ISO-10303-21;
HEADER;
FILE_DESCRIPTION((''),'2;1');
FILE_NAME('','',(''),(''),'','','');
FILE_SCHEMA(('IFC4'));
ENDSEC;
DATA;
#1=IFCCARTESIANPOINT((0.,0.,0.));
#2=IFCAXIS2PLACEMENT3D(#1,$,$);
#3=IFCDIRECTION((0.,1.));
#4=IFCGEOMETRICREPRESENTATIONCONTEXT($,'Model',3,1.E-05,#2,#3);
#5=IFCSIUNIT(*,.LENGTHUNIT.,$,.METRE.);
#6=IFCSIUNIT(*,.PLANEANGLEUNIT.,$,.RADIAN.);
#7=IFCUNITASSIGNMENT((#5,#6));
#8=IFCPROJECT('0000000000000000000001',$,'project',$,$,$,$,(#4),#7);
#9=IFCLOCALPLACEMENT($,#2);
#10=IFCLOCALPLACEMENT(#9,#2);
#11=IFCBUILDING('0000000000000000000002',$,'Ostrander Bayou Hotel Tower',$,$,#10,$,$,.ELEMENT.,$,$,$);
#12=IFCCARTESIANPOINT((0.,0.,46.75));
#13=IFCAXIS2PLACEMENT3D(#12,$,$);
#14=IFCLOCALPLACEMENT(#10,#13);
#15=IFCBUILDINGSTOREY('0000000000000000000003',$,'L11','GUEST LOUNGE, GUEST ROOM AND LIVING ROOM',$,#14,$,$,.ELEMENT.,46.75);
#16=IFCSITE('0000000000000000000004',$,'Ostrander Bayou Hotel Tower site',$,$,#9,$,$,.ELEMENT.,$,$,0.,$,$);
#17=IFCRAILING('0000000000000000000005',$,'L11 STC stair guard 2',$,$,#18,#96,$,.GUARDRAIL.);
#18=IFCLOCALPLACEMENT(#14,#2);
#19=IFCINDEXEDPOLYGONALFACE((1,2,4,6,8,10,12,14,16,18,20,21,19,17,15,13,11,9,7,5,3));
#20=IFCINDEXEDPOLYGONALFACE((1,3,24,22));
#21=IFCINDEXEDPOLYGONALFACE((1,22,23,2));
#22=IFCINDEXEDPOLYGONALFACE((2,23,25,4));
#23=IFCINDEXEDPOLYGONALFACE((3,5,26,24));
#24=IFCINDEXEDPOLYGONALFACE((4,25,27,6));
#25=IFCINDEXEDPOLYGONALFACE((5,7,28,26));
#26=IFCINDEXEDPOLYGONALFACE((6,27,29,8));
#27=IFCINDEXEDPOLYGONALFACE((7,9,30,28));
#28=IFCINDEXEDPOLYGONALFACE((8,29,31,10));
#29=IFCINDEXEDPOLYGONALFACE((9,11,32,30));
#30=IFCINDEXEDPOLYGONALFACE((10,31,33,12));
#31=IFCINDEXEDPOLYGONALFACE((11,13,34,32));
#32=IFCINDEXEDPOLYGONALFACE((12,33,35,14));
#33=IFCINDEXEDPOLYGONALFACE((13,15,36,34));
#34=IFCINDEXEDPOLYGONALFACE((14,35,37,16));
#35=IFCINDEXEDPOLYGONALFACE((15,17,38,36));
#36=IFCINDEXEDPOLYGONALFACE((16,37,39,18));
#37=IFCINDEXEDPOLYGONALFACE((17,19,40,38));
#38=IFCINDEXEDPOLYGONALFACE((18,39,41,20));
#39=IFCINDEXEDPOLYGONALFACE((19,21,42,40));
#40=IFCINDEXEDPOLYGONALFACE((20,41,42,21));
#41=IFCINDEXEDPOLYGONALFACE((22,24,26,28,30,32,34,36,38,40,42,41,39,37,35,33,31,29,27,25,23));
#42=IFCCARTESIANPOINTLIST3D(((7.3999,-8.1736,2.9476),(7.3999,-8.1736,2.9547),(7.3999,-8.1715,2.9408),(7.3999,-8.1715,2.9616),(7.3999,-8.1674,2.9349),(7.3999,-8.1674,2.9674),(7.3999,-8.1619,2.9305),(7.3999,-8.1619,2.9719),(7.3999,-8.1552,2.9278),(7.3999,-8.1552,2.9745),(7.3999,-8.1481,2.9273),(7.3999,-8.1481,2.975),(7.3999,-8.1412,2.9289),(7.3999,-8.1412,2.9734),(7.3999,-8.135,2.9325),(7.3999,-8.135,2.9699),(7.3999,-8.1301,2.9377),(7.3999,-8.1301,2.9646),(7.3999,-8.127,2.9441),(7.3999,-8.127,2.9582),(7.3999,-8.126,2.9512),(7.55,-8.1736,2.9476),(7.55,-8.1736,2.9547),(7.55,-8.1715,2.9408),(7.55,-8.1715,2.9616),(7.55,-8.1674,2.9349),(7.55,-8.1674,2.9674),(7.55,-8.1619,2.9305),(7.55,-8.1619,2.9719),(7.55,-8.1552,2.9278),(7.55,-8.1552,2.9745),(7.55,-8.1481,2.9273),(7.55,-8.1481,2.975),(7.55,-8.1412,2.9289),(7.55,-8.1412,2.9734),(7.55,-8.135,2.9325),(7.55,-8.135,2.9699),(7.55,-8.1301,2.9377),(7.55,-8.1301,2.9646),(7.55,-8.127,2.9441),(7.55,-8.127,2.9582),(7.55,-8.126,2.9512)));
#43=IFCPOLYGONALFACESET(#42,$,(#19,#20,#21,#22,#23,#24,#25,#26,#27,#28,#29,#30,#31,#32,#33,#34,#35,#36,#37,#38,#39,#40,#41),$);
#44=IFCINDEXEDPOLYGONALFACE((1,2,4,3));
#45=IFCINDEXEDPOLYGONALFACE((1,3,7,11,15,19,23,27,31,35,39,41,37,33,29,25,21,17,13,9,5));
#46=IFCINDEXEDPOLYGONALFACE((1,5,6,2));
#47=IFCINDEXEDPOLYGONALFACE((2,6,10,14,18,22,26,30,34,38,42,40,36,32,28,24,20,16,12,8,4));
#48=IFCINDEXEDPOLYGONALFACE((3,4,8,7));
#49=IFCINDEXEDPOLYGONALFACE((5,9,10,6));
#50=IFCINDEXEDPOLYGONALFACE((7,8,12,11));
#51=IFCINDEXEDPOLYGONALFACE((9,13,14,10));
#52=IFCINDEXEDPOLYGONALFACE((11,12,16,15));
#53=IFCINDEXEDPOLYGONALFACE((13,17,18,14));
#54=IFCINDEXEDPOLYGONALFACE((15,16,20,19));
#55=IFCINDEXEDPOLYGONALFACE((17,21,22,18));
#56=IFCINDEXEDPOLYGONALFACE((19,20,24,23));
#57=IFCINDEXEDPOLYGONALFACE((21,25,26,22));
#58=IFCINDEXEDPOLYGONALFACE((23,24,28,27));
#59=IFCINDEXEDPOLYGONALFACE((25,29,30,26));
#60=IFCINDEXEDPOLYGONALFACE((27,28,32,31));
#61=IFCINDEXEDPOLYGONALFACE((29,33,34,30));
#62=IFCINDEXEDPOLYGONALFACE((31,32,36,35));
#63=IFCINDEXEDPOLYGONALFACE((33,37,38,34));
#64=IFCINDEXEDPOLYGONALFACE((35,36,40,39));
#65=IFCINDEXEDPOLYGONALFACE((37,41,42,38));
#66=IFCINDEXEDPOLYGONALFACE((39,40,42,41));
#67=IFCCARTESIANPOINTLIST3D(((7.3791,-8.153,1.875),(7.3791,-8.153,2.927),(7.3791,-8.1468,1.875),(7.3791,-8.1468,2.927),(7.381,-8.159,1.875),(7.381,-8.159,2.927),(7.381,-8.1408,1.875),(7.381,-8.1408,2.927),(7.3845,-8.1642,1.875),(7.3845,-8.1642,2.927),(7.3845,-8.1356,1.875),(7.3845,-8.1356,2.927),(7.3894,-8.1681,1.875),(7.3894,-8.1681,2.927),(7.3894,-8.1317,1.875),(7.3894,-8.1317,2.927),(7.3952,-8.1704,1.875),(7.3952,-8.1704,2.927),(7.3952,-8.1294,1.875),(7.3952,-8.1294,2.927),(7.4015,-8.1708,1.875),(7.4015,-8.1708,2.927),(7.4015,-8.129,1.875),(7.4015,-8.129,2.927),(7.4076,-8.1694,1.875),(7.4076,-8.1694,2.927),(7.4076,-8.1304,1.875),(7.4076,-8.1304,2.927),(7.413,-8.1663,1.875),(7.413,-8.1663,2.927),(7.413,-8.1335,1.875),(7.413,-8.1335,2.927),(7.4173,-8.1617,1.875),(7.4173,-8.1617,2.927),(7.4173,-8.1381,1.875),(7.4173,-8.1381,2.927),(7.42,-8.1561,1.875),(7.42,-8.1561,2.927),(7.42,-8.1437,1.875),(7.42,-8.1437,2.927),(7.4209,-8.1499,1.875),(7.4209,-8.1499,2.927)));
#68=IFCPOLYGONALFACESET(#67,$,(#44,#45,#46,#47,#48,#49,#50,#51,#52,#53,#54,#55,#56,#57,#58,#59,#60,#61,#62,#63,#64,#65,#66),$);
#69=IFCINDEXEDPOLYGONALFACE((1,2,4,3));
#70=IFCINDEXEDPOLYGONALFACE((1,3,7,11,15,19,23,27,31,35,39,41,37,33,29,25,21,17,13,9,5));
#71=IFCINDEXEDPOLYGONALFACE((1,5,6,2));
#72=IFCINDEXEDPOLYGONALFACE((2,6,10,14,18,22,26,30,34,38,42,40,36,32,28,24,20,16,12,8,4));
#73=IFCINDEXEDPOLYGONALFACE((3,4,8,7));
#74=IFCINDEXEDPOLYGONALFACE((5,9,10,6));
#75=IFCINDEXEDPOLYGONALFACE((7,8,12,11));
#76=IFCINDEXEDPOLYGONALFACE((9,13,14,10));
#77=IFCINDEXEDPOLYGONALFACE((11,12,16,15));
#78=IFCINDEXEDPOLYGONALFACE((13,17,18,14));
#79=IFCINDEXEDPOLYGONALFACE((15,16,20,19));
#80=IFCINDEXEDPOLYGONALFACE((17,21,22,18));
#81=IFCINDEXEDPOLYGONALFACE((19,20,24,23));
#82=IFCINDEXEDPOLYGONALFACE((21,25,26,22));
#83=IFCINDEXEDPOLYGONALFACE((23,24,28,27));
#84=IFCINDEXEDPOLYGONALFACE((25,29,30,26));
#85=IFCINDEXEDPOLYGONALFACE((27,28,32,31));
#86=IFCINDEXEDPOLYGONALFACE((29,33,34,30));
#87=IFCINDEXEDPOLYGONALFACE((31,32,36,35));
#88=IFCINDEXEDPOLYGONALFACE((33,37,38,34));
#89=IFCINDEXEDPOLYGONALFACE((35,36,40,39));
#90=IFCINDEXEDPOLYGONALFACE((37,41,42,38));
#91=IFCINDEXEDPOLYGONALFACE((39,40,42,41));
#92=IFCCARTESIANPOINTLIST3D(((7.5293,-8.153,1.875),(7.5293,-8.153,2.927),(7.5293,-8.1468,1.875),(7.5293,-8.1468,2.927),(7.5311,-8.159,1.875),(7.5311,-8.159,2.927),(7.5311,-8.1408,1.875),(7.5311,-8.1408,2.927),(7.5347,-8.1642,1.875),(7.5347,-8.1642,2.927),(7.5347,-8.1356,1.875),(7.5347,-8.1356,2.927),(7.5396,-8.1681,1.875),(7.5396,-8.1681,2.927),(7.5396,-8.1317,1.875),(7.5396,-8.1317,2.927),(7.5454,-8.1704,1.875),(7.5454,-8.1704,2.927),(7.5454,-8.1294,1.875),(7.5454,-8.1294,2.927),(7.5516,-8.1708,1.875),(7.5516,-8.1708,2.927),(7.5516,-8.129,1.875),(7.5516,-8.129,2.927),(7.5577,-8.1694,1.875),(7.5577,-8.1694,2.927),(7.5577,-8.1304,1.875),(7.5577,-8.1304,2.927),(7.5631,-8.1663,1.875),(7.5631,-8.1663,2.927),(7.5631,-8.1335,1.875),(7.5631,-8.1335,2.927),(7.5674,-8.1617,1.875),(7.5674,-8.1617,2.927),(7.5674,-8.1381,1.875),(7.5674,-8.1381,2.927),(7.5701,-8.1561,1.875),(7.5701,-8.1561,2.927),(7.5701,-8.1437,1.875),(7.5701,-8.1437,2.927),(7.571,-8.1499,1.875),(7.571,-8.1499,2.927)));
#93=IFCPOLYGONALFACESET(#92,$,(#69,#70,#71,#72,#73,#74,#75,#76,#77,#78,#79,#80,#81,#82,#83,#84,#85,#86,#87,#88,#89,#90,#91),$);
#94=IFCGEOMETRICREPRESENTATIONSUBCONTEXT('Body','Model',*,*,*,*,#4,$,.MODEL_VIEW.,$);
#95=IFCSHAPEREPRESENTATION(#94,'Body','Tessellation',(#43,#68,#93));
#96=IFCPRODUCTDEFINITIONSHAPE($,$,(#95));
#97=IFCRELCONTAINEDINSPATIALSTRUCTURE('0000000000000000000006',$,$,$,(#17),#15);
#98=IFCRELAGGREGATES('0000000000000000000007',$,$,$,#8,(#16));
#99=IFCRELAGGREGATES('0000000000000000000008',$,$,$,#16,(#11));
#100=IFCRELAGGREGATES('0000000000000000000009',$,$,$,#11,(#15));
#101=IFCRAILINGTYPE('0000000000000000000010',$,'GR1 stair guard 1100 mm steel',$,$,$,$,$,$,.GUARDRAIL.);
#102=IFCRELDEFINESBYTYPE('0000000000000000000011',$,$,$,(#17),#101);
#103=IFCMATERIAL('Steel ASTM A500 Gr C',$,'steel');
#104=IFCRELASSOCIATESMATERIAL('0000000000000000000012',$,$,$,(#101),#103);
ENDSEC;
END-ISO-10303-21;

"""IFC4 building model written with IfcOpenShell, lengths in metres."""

from ifc_helpers import new_model, si_unit, direction, frame, origin, origin_2d, place, context, subcontext, project, spatial, circle, extrude, material, type_object, element, save


model = new_model("IFC4")

# Units and contexts
model_context = context("Model", 3, precision=1e-05, world=origin(), true_north=direction((0.0, 1.0)))
body_context = subcontext(model_context, "Body", "Model", "MODEL_VIEW")
ifc_project = project(units=[si_unit("LENGTHUNIT", "METRE"), si_unit("PLANEANGLEUNIT", "RADIAN")], contexts=[model_context])

# Site, building, storey
site_placement = place(None, origin())
site = spatial("IfcSite", under=ifc_project, at=site_placement, Name="Ostrander Bayou Hotel Tower site", CompositionType="ELEMENT", RefElevation=0.0)
building_placement = place(site_placement, origin())
building = spatial("IfcBuilding", under=site, at=building_placement, Name="Ostrander Bayou Hotel Tower", CompositionType="ELEMENT")
storey_placement = place(building_placement, frame((0.0, 0.0, 46.75)))
storey = spatial("IfcBuildingStorey", under=building, at=storey_placement, Name="L11", Description="GUEST LOUNGE, GUEST ROOM AND LIVING ROOM", CompositionType="ELEMENT", Elevation=46.75)

# Railing
ifc_material_1 = material(Name="Steel ASTM A500 Gr C", Category="steel")
railing_type_1 = type_object("IfcRailingType", Name="GR1 stair guard 1100 mm steel", PredefinedType="GUARDRAIL", material=ifc_material_1)
railing_1_placement = place(storey_placement, frame((7.3999, -8.1499, 1.875)))
element("IfcRailing", 1, at=railing_1_placement, inside=storey, type_object=railing_type_1, Name="L11 STC stair guard 2", PredefinedType="GUARDRAIL", context=body_context, shape_type="SweptSolid", body=[
    extrude(circle(Radius=0.0239, at=origin_2d()), frame((0.0, 0.0, 1.0762), z_axis=(1.0, 0.0, 0.0), x_axis=(0.0, 1.0, 0.0)), (0.0, 0.0, 1.0), 0.1501),
    extrude(circle(Radius=0.021, at=origin_2d()), origin(), (0.0, 0.0, 1.0), 1.052),
    extrude(circle(Radius=0.021, at=origin_2d()), frame((0.1501, 0.0, 0.0)), (0.0, 0.0, 1.0), 1.052),
])

save(model, "model.ifc")
